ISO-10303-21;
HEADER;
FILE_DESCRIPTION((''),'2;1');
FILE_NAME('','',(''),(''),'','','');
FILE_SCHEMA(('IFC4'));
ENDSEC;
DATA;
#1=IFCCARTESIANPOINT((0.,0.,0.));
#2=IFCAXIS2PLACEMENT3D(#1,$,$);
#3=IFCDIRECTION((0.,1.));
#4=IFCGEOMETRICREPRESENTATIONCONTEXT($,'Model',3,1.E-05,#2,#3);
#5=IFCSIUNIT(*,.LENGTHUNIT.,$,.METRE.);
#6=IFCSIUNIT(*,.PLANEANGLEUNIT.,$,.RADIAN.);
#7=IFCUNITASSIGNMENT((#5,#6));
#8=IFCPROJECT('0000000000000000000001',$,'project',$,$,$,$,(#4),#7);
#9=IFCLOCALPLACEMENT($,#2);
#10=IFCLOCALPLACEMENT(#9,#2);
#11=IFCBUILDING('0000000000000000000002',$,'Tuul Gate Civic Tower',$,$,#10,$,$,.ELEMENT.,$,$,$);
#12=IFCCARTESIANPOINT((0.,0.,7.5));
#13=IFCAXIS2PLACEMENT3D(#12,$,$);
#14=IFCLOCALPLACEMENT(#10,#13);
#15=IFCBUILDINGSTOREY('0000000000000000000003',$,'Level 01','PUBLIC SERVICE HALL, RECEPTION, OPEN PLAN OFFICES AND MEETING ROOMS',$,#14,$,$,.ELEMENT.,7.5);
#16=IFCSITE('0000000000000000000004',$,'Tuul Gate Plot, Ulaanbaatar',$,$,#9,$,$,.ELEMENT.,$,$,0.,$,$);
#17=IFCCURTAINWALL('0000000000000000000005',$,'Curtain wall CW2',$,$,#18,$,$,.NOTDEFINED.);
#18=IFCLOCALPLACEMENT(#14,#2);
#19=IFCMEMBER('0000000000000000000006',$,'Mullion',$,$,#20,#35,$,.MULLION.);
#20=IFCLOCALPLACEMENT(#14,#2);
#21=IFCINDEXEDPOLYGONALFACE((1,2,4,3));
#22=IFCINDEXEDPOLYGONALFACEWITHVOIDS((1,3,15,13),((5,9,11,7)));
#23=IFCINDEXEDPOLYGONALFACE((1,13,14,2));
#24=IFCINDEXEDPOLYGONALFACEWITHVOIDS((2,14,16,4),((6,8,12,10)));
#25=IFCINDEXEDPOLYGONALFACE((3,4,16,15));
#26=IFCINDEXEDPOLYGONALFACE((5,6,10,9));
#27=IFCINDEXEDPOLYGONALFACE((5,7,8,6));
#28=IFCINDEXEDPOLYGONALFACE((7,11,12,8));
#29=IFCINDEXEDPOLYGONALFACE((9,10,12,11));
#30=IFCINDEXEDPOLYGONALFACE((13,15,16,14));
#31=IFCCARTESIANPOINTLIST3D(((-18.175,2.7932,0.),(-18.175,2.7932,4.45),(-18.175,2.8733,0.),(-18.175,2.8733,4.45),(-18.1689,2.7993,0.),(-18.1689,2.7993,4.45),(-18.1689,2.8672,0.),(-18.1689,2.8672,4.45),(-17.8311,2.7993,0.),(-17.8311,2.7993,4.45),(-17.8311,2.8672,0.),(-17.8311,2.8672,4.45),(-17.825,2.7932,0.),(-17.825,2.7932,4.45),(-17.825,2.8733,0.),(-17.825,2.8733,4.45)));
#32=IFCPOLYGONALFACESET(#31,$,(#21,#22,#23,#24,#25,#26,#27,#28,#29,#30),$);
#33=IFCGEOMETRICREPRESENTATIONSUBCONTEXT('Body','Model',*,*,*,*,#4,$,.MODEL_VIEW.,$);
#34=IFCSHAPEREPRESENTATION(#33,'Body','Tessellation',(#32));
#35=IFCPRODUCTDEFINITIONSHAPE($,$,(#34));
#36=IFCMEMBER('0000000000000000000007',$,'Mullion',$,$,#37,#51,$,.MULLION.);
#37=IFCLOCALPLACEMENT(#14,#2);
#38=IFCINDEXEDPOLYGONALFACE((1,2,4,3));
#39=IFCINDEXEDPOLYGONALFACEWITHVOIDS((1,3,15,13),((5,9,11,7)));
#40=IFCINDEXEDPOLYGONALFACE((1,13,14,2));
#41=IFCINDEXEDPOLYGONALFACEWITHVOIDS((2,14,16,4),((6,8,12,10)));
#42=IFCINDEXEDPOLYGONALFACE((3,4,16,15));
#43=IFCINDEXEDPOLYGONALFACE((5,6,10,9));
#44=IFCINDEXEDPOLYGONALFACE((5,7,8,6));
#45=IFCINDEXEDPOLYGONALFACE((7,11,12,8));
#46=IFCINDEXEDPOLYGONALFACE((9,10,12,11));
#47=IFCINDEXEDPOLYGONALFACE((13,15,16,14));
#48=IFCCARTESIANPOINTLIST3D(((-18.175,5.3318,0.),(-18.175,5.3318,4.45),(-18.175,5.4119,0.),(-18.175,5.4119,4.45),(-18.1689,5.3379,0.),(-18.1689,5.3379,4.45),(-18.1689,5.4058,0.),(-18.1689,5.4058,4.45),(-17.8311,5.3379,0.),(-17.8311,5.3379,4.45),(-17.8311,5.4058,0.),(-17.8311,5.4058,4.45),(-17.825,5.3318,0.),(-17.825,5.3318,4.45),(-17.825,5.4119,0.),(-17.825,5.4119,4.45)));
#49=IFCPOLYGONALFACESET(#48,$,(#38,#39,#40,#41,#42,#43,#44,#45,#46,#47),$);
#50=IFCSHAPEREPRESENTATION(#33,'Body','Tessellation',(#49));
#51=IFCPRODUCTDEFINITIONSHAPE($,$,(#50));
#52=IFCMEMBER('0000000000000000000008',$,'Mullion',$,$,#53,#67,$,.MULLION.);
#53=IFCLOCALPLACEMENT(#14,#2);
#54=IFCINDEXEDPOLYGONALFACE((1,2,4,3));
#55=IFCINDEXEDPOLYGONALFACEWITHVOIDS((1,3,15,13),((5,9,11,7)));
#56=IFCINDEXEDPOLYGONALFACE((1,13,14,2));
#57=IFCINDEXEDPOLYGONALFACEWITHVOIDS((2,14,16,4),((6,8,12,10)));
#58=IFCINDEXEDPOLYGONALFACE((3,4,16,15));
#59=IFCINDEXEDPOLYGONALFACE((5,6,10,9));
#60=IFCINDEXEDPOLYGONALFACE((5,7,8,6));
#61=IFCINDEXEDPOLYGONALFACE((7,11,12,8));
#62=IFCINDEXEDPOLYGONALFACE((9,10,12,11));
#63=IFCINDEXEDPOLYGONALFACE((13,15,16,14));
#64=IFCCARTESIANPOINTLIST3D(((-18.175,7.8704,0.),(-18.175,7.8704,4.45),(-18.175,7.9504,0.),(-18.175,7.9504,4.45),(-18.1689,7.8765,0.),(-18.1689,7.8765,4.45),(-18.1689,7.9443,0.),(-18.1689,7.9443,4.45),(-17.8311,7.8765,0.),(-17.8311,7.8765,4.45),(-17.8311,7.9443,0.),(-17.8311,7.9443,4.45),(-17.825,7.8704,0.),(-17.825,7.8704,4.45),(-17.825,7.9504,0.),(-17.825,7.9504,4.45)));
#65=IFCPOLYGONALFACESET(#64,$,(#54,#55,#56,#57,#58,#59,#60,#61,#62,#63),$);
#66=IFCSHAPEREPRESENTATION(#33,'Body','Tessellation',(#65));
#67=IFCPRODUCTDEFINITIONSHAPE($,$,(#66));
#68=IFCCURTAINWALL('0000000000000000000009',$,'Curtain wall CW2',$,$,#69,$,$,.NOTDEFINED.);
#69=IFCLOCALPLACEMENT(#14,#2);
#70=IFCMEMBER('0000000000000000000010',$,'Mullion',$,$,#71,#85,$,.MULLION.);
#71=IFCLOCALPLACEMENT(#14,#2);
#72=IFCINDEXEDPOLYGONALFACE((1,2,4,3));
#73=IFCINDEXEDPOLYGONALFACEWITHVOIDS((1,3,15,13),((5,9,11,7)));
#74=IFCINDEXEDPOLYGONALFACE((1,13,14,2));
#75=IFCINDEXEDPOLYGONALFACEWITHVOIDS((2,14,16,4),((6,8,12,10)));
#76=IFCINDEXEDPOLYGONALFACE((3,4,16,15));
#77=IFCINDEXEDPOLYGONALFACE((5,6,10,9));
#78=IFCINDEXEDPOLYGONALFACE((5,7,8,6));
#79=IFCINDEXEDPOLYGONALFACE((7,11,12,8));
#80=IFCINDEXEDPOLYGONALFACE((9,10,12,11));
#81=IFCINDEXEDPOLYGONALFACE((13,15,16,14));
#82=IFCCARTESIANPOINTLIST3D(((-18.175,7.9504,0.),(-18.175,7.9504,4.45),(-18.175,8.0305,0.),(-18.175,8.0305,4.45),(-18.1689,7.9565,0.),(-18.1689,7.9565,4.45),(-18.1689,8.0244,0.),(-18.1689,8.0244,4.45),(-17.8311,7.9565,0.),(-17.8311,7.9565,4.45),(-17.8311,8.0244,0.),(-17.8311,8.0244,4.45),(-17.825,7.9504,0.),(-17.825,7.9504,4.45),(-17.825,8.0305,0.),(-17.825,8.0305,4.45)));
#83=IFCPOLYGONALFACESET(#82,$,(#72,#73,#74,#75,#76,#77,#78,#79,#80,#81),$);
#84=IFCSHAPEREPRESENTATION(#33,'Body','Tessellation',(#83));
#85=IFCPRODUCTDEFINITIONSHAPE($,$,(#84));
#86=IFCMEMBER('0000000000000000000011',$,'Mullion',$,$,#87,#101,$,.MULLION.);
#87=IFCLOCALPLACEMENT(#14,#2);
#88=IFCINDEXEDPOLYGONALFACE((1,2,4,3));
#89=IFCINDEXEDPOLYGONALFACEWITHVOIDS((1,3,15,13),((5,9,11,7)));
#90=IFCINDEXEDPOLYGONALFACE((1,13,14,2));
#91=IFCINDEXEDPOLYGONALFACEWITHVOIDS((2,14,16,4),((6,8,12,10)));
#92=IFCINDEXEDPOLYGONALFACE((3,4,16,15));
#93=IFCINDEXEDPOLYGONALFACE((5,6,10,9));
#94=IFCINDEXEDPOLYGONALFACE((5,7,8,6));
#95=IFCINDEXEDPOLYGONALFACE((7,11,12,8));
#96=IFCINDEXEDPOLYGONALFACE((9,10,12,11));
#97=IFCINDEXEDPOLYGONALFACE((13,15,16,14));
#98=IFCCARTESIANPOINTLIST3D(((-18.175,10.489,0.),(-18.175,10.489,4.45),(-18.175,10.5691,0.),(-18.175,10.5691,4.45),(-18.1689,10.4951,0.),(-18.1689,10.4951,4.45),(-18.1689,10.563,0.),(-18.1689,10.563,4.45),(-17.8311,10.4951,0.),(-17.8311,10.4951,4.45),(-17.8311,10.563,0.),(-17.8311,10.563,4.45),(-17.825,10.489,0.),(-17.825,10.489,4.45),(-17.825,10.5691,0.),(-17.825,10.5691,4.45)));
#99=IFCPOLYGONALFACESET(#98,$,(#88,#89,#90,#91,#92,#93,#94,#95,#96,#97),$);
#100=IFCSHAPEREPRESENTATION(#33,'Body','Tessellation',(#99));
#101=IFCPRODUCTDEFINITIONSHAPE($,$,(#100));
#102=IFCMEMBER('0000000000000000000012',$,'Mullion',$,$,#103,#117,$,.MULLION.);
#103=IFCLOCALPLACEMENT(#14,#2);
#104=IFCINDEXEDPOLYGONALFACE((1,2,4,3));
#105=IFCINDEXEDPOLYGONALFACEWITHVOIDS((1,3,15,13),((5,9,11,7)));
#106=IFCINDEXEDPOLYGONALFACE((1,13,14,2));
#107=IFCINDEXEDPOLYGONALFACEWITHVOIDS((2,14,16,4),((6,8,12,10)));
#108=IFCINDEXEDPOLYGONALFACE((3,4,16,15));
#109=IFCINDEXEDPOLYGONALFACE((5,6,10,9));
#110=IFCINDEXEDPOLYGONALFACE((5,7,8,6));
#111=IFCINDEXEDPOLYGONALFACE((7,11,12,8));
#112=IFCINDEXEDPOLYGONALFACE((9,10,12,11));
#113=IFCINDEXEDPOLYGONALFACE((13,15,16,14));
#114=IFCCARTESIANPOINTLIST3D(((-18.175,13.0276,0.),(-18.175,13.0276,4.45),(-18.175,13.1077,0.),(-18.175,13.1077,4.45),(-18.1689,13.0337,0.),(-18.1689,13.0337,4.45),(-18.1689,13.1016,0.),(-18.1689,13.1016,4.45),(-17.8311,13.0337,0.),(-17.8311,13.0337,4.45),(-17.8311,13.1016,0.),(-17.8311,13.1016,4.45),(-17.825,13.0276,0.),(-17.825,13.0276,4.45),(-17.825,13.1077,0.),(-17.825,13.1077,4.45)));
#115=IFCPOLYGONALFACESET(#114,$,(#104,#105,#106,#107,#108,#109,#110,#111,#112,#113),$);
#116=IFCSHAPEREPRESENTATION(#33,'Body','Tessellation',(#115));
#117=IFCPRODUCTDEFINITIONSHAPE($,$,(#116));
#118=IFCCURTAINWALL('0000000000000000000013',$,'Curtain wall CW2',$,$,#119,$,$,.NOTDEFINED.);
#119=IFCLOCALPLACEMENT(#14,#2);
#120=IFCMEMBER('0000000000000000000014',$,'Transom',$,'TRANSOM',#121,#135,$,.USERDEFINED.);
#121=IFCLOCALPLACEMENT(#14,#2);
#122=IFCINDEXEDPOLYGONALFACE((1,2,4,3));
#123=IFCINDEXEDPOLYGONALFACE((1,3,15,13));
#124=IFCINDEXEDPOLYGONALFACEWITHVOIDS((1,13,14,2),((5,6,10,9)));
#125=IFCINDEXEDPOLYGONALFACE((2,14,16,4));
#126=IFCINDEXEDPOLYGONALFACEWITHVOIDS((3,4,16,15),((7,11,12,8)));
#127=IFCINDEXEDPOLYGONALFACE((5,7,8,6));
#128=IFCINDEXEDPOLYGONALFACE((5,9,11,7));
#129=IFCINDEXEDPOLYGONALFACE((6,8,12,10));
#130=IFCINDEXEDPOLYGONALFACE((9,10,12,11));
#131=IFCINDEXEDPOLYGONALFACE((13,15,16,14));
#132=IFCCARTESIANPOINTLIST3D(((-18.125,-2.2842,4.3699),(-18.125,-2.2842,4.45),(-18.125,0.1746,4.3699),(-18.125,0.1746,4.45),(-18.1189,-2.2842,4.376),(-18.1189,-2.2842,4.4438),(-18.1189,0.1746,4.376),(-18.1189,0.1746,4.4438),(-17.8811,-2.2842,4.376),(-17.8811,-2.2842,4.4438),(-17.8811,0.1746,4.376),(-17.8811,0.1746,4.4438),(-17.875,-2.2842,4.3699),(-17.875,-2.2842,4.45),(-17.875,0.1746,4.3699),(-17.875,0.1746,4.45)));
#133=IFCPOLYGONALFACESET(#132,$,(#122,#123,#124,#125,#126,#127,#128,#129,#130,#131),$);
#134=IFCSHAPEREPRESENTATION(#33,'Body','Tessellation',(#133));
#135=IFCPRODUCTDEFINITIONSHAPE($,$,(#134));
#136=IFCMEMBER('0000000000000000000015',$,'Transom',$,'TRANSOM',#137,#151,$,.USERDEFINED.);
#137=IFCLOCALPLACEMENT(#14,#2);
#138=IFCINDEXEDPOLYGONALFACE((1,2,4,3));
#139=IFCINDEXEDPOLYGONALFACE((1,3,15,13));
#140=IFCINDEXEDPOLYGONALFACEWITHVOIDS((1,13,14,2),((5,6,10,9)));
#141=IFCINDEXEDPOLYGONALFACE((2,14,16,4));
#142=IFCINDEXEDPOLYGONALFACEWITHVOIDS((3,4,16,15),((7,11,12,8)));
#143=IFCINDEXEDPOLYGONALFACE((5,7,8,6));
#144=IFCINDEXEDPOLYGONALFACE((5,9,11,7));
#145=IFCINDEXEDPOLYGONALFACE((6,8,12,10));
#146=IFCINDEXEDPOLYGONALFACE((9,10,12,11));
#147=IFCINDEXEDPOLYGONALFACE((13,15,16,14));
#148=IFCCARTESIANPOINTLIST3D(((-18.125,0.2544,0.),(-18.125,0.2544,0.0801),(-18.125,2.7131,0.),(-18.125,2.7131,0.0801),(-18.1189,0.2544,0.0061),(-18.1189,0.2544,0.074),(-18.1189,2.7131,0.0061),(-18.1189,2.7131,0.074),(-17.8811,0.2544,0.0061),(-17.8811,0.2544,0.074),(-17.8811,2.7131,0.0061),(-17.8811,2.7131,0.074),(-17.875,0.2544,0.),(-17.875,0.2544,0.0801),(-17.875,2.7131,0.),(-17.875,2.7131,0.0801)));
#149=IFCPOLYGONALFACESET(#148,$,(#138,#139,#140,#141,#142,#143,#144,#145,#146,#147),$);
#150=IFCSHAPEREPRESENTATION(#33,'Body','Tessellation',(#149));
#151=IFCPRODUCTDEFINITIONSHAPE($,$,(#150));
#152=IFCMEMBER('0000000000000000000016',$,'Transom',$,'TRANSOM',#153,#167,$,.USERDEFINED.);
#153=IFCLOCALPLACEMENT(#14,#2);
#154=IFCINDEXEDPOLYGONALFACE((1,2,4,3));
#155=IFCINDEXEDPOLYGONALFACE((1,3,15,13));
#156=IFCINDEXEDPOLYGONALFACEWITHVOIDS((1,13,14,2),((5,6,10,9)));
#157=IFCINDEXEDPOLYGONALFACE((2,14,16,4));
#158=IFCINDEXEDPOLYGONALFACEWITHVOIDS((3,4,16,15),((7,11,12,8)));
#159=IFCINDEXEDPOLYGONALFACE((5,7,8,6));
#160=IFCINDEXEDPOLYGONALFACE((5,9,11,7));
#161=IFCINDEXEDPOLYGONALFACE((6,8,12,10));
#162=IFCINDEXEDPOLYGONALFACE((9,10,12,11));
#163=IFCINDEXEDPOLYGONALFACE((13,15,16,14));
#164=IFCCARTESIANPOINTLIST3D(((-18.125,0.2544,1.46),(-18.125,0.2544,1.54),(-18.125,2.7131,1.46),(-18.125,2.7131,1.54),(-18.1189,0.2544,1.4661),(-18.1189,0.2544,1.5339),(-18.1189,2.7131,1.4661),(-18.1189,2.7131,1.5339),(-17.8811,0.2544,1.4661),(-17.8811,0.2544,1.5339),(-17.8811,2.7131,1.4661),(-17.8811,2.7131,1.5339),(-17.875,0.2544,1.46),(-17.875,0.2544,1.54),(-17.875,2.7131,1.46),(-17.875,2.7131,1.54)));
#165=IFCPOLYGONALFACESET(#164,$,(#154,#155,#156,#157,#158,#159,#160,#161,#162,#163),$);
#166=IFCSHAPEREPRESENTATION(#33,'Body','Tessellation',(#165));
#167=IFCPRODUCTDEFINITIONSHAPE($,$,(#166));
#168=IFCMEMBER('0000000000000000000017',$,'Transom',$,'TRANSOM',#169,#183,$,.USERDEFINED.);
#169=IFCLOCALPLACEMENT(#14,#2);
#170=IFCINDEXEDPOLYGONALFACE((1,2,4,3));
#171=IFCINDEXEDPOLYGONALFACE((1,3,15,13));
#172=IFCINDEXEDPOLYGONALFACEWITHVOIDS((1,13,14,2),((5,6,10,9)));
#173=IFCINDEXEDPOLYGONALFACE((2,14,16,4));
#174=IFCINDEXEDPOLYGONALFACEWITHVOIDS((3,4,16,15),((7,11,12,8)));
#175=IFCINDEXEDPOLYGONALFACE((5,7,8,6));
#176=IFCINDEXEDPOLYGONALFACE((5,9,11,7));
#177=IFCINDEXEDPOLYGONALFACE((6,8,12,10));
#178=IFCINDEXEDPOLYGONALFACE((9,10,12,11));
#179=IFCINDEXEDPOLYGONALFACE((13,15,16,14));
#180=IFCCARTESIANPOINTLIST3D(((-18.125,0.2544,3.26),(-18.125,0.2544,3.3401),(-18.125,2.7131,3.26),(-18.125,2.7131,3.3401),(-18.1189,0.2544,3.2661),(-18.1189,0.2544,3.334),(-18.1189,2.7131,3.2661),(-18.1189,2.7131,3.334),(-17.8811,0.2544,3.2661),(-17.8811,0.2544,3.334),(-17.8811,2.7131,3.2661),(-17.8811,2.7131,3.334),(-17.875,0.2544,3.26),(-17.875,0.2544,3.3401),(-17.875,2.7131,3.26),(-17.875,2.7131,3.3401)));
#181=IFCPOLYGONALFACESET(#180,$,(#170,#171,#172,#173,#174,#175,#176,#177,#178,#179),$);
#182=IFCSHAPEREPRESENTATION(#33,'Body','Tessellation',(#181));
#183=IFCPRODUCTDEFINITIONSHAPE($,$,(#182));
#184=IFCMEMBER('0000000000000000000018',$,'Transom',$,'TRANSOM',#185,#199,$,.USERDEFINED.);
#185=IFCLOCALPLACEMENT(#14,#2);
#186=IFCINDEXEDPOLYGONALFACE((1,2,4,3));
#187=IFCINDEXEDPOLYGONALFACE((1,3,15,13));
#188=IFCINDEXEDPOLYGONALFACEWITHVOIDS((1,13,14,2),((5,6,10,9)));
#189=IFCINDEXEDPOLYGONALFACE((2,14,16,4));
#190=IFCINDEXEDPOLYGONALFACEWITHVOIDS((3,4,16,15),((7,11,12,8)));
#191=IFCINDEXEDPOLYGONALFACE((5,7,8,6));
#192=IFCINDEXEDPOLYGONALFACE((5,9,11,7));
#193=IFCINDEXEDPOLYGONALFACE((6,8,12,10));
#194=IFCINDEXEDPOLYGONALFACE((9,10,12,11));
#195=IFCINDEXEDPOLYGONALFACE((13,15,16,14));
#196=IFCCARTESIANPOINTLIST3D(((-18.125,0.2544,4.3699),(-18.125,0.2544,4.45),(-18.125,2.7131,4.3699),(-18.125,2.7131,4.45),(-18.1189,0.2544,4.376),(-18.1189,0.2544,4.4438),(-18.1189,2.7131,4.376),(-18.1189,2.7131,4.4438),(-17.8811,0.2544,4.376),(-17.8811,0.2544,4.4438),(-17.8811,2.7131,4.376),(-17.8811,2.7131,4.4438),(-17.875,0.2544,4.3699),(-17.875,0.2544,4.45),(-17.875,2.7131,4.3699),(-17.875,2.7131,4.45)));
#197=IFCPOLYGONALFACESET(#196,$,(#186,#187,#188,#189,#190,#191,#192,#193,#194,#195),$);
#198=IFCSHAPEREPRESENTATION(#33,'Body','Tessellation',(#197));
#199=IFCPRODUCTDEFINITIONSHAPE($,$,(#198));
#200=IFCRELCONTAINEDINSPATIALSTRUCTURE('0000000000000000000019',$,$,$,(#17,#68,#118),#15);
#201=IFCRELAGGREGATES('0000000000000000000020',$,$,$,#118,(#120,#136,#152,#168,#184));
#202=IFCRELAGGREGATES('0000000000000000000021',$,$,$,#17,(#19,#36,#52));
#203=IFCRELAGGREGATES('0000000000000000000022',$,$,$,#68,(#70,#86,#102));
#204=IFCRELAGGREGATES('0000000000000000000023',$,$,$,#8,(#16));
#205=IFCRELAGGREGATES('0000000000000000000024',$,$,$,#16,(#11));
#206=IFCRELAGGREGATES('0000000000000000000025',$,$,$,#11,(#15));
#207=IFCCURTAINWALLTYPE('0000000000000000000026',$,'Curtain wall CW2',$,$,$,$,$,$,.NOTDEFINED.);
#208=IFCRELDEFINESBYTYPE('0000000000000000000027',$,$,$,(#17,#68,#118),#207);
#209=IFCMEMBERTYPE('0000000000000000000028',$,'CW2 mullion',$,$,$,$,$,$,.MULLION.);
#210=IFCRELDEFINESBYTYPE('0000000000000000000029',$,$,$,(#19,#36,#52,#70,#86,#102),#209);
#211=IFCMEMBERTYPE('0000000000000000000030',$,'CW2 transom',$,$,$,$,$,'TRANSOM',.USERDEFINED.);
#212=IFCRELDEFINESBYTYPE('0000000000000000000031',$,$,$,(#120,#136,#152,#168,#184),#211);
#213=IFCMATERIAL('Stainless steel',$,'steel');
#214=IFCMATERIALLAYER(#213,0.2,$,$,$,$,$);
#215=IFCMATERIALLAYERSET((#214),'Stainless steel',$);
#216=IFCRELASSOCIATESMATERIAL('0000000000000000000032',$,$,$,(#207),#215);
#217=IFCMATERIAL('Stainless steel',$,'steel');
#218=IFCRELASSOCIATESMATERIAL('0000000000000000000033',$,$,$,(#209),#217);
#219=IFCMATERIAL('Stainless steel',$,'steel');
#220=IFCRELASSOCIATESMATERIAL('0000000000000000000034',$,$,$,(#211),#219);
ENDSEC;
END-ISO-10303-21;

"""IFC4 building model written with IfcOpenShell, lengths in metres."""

from ifc_helpers import new_model, si_unit, direction, frame, origin, origin_2d, place, context, subcontext, project, spatial, hollow_rectangle, extrude, material, layer, layer_set, material_profile, profile_set, type_object, element, aggregate, save


model = new_model("IFC4")

# Units and contexts
model_context = context("Model", 3, precision=1e-05, world=origin(), true_north=direction((0.0, 1.0)))
body_context = subcontext(model_context, "Body", "Model", "MODEL_VIEW")
ifc_project = project(units=[si_unit("LENGTHUNIT", "METRE"), si_unit("PLANEANGLEUNIT", "RADIAN")], contexts=[model_context])

# Site, building, storey
site_placement = place(None, origin())
site = spatial("IfcSite", under=ifc_project, at=site_placement, Name="Tuul Gate Plot, Ulaanbaatar", CompositionType="ELEMENT", RefElevation=0.0)
building_placement = place(site_placement, origin())
building = spatial("IfcBuilding", under=site, at=building_placement, Name="Tuul Gate Civic Tower", CompositionType="ELEMENT")
storey_placement = place(building_placement, frame((0.0, 0.0, 7.5)))
storey = spatial("IfcBuildingStorey", under=building, at=storey_placement, Name="Level 01", Description="PUBLIC SERVICE HALL, RECEPTION, OPEN PLAN OFFICES AND MEETING ROOMS", CompositionType="ELEMENT", Elevation=7.5)

# Curtain walls, members
ifc_material_1 = material(Name="Stainless steel", Category="steel")
ifc_layer_1 = layer(ifc_material_1, 0.2)
ifc_layer_set_1 = layer_set([ifc_layer_1], Name="Stainless steel")
curtain_wall_type = type_object("IfcCurtainWallType", Name="Curtain wall CW2", PredefinedType="NOTDEFINED", material=ifc_layer_set_1)
curtain_wall_1_placement = place(storey_placement, origin())
curtain_wall_1 = element("IfcCurtainWall", 1, at=curtain_wall_1_placement, inside=storey, type_object=curtain_wall_type, Name="Curtain wall CW2", PredefinedType="NOTDEFINED")
ifc_material_2 = material(Name="Stainless steel", Category="steel")
ifc_material_profile_1 = material_profile(ifc_material_2, hollow_rectangle(XDim=0.3501, YDim=0.0801, WallThickness=0.0061, at=origin_2d()), Name="CW2 mullion")
ifc_profile_set_1 = profile_set([ifc_material_profile_1], Name="Stainless steel")
member_type_1 = type_object("IfcMemberType", Name="CW2 mullion", PredefinedType="MULLION", material=ifc_profile_set_1)
member_1_placement = place(storey_placement, frame((-18.0, 2.8333, 0.0), z_axis=(0.0, 0.0, 1.0), x_axis=(-1.0, 0.0, 0.0)))
member_1 = element("IfcMember", 2, at=member_1_placement, type_object=member_type_1, Name="Mullion", PredefinedType="MULLION", context=body_context, shape_type="SweptSolid", body=[
    extrude(hollow_rectangle(XDim=0.3501, YDim=0.0801, WallThickness=0.0061, at=origin_2d()), origin(), (0.0, 0.0, 1.0), 4.45),
])
member_2_placement = place(storey_placement, frame((-18.0, 5.3718, 0.0), z_axis=(0.0, 0.0, 1.0), x_axis=(-1.0, 0.0, 0.0)))
member_2 = element("IfcMember", 3, at=member_2_placement, type_object=member_type_1, Name="Mullion", PredefinedType="MULLION", context=body_context, shape_type="SweptSolid", body=[
    extrude(hollow_rectangle(XDim=0.3501, YDim=0.0801, WallThickness=0.0061, at=origin_2d()), origin(), (0.0, 0.0, 1.0), 4.45),
])
member_3_placement = place(storey_placement, frame((-18.0, 7.9104, 0.0), z_axis=(0.0, 0.0, 1.0), x_axis=(-1.0, 0.0, 0.0)))
member_3 = element("IfcMember", 4, at=member_3_placement, type_object=member_type_1, Name="Mullion", PredefinedType="MULLION", context=body_context, shape_type="SweptSolid", body=[
    extrude(hollow_rectangle(XDim=0.3501, YDim=0.0801, WallThickness=0.0061, at=origin_2d()), origin(), (0.0, 0.0, 1.0), 4.45),
])
curtain_wall_2_placement = place(storey_placement, origin())
curtain_wall_2 = element("IfcCurtainWall", 5, at=curtain_wall_2_placement, inside=storey, type_object=curtain_wall_type, Name="Curtain wall CW2", PredefinedType="NOTDEFINED")
member_4_placement = place(storey_placement, frame((-18.0, 7.9905, 0.0), z_axis=(0.0, 0.0, 1.0), x_axis=(-1.0, 0.0, 0.0)))
member_4 = element("IfcMember", 6, at=member_4_placement, type_object=member_type_1, Name="Mullion", PredefinedType="MULLION", context=body_context, shape_type="SweptSolid", body=[
    extrude(hollow_rectangle(XDim=0.3501, YDim=0.0801, WallThickness=0.0061, at=origin_2d()), origin(), (0.0, 0.0, 1.0), 4.45),
])
member_5_placement = place(storey_placement, frame((-18.0, 10.5291, 0.0), z_axis=(0.0, 0.0, 1.0), x_axis=(-1.0, 0.0, 0.0)))
member_5 = element("IfcMember", 7, at=member_5_placement, type_object=member_type_1, Name="Mullion", PredefinedType="MULLION", context=body_context, shape_type="SweptSolid", body=[
    extrude(hollow_rectangle(XDim=0.3501, YDim=0.0801, WallThickness=0.0061, at=origin_2d()), origin(), (0.0, 0.0, 1.0), 4.45),
])
member_6_placement = place(storey_placement, frame((-18.0, 13.0676, 0.0), z_axis=(0.0, 0.0, 1.0), x_axis=(-1.0, 0.0, 0.0)))
member_6 = element("IfcMember", 8, at=member_6_placement, type_object=member_type_1, Name="Mullion", PredefinedType="MULLION", context=body_context, shape_type="SweptSolid", body=[
    extrude(hollow_rectangle(XDim=0.3501, YDim=0.0801, WallThickness=0.0061, at=origin_2d()), origin(), (0.0, 0.0, 1.0), 4.45),
])
curtain_wall_3_placement = place(storey_placement, origin())
curtain_wall_3 = element("IfcCurtainWall", 9, at=curtain_wall_3_placement, inside=storey, type_object=curtain_wall_type, Name="Curtain wall CW2", PredefinedType="NOTDEFINED")
ifc_material_3 = material(Name="Stainless steel", Category="steel")
ifc_material_profile_2 = material_profile(ifc_material_3, hollow_rectangle(XDim=0.25, YDim=0.0801, WallThickness=0.0061, at=origin_2d()), Name="CW2 transom")
ifc_profile_set_2 = profile_set([ifc_material_profile_2], Name="Stainless steel")
member_type_2 = type_object("IfcMemberType", Name="CW2 transom", ElementType="TRANSOM", PredefinedType="USERDEFINED", material=ifc_profile_set_2)
member_7_placement = place(storey_placement, frame((-18.0, -2.2842, 4.4099), z_axis=(0.0, 1.0, 0.0), x_axis=(-1.0, 0.0, 0.0)))
member_7 = element("IfcMember", 10, at=member_7_placement, type_object=member_type_2, Name="Transom", ObjectType="TRANSOM", PredefinedType="USERDEFINED", context=body_context, shape_type="SweptSolid", body=[
    extrude(hollow_rectangle(XDim=0.25, YDim=0.0801, WallThickness=0.0061, at=origin_2d()), origin(), (0.0, 0.0, 1.0), 2.4587),
])
member_8_placement = place(storey_placement, frame((-18.0, 0.2544, 0.04), z_axis=(0.0, 1.0, 0.0), x_axis=(-1.0, 0.0, 0.0)))
member_8 = element("IfcMember", 11, at=member_8_placement, type_object=member_type_2, Name="Transom", ObjectType="TRANSOM", PredefinedType="USERDEFINED", context=body_context, shape_type="SweptSolid", body=[
    extrude(hollow_rectangle(XDim=0.25, YDim=0.0801, WallThickness=0.0061, at=origin_2d()), origin(), (0.0, 0.0, 1.0), 2.4587),
])
member_9_placement = place(storey_placement, frame((-18.0, 0.2544, 1.5), z_axis=(0.0, 1.0, 0.0), x_axis=(-1.0, 0.0, 0.0)))
member_9 = element("IfcMember", 12, at=member_9_placement, type_object=member_type_2, Name="Transom", ObjectType="TRANSOM", PredefinedType="USERDEFINED", context=body_context, shape_type="SweptSolid", body=[
    extrude(hollow_rectangle(XDim=0.25, YDim=0.0801, WallThickness=0.0061, at=origin_2d()), origin(), (0.0, 0.0, 1.0), 2.4587),
])
member_10_placement = place(storey_placement, frame((-18.0, 0.2544, 3.3), z_axis=(0.0, 1.0, 0.0), x_axis=(-1.0, 0.0, 0.0)))
member_10 = element("IfcMember", 13, at=member_10_placement, type_object=member_type_2, Name="Transom", ObjectType="TRANSOM", PredefinedType="USERDEFINED", context=body_context, shape_type="SweptSolid", body=[
    extrude(hollow_rectangle(XDim=0.25, YDim=0.0801, WallThickness=0.0061, at=origin_2d()), origin(), (0.0, 0.0, 1.0), 2.4587),
])
member_11_placement = place(storey_placement, frame((-18.0, 0.2544, 4.4099), z_axis=(0.0, 1.0, 0.0), x_axis=(-1.0, 0.0, 0.0)))
member_11 = element("IfcMember", 14, at=member_11_placement, type_object=member_type_2, Name="Transom", ObjectType="TRANSOM", PredefinedType="USERDEFINED", context=body_context, shape_type="SweptSolid", body=[
    extrude(hollow_rectangle(XDim=0.25, YDim=0.0801, WallThickness=0.0061, at=origin_2d()), origin(), (0.0, 0.0, 1.0), 2.4587),
])

aggregate(curtain_wall_3, [member_7, member_8, member_9, member_10, member_11])
aggregate(curtain_wall_1, [member_1, member_2, member_3])
aggregate(curtain_wall_2, [member_4, member_5, member_6])

save(model, "model.ifc")
